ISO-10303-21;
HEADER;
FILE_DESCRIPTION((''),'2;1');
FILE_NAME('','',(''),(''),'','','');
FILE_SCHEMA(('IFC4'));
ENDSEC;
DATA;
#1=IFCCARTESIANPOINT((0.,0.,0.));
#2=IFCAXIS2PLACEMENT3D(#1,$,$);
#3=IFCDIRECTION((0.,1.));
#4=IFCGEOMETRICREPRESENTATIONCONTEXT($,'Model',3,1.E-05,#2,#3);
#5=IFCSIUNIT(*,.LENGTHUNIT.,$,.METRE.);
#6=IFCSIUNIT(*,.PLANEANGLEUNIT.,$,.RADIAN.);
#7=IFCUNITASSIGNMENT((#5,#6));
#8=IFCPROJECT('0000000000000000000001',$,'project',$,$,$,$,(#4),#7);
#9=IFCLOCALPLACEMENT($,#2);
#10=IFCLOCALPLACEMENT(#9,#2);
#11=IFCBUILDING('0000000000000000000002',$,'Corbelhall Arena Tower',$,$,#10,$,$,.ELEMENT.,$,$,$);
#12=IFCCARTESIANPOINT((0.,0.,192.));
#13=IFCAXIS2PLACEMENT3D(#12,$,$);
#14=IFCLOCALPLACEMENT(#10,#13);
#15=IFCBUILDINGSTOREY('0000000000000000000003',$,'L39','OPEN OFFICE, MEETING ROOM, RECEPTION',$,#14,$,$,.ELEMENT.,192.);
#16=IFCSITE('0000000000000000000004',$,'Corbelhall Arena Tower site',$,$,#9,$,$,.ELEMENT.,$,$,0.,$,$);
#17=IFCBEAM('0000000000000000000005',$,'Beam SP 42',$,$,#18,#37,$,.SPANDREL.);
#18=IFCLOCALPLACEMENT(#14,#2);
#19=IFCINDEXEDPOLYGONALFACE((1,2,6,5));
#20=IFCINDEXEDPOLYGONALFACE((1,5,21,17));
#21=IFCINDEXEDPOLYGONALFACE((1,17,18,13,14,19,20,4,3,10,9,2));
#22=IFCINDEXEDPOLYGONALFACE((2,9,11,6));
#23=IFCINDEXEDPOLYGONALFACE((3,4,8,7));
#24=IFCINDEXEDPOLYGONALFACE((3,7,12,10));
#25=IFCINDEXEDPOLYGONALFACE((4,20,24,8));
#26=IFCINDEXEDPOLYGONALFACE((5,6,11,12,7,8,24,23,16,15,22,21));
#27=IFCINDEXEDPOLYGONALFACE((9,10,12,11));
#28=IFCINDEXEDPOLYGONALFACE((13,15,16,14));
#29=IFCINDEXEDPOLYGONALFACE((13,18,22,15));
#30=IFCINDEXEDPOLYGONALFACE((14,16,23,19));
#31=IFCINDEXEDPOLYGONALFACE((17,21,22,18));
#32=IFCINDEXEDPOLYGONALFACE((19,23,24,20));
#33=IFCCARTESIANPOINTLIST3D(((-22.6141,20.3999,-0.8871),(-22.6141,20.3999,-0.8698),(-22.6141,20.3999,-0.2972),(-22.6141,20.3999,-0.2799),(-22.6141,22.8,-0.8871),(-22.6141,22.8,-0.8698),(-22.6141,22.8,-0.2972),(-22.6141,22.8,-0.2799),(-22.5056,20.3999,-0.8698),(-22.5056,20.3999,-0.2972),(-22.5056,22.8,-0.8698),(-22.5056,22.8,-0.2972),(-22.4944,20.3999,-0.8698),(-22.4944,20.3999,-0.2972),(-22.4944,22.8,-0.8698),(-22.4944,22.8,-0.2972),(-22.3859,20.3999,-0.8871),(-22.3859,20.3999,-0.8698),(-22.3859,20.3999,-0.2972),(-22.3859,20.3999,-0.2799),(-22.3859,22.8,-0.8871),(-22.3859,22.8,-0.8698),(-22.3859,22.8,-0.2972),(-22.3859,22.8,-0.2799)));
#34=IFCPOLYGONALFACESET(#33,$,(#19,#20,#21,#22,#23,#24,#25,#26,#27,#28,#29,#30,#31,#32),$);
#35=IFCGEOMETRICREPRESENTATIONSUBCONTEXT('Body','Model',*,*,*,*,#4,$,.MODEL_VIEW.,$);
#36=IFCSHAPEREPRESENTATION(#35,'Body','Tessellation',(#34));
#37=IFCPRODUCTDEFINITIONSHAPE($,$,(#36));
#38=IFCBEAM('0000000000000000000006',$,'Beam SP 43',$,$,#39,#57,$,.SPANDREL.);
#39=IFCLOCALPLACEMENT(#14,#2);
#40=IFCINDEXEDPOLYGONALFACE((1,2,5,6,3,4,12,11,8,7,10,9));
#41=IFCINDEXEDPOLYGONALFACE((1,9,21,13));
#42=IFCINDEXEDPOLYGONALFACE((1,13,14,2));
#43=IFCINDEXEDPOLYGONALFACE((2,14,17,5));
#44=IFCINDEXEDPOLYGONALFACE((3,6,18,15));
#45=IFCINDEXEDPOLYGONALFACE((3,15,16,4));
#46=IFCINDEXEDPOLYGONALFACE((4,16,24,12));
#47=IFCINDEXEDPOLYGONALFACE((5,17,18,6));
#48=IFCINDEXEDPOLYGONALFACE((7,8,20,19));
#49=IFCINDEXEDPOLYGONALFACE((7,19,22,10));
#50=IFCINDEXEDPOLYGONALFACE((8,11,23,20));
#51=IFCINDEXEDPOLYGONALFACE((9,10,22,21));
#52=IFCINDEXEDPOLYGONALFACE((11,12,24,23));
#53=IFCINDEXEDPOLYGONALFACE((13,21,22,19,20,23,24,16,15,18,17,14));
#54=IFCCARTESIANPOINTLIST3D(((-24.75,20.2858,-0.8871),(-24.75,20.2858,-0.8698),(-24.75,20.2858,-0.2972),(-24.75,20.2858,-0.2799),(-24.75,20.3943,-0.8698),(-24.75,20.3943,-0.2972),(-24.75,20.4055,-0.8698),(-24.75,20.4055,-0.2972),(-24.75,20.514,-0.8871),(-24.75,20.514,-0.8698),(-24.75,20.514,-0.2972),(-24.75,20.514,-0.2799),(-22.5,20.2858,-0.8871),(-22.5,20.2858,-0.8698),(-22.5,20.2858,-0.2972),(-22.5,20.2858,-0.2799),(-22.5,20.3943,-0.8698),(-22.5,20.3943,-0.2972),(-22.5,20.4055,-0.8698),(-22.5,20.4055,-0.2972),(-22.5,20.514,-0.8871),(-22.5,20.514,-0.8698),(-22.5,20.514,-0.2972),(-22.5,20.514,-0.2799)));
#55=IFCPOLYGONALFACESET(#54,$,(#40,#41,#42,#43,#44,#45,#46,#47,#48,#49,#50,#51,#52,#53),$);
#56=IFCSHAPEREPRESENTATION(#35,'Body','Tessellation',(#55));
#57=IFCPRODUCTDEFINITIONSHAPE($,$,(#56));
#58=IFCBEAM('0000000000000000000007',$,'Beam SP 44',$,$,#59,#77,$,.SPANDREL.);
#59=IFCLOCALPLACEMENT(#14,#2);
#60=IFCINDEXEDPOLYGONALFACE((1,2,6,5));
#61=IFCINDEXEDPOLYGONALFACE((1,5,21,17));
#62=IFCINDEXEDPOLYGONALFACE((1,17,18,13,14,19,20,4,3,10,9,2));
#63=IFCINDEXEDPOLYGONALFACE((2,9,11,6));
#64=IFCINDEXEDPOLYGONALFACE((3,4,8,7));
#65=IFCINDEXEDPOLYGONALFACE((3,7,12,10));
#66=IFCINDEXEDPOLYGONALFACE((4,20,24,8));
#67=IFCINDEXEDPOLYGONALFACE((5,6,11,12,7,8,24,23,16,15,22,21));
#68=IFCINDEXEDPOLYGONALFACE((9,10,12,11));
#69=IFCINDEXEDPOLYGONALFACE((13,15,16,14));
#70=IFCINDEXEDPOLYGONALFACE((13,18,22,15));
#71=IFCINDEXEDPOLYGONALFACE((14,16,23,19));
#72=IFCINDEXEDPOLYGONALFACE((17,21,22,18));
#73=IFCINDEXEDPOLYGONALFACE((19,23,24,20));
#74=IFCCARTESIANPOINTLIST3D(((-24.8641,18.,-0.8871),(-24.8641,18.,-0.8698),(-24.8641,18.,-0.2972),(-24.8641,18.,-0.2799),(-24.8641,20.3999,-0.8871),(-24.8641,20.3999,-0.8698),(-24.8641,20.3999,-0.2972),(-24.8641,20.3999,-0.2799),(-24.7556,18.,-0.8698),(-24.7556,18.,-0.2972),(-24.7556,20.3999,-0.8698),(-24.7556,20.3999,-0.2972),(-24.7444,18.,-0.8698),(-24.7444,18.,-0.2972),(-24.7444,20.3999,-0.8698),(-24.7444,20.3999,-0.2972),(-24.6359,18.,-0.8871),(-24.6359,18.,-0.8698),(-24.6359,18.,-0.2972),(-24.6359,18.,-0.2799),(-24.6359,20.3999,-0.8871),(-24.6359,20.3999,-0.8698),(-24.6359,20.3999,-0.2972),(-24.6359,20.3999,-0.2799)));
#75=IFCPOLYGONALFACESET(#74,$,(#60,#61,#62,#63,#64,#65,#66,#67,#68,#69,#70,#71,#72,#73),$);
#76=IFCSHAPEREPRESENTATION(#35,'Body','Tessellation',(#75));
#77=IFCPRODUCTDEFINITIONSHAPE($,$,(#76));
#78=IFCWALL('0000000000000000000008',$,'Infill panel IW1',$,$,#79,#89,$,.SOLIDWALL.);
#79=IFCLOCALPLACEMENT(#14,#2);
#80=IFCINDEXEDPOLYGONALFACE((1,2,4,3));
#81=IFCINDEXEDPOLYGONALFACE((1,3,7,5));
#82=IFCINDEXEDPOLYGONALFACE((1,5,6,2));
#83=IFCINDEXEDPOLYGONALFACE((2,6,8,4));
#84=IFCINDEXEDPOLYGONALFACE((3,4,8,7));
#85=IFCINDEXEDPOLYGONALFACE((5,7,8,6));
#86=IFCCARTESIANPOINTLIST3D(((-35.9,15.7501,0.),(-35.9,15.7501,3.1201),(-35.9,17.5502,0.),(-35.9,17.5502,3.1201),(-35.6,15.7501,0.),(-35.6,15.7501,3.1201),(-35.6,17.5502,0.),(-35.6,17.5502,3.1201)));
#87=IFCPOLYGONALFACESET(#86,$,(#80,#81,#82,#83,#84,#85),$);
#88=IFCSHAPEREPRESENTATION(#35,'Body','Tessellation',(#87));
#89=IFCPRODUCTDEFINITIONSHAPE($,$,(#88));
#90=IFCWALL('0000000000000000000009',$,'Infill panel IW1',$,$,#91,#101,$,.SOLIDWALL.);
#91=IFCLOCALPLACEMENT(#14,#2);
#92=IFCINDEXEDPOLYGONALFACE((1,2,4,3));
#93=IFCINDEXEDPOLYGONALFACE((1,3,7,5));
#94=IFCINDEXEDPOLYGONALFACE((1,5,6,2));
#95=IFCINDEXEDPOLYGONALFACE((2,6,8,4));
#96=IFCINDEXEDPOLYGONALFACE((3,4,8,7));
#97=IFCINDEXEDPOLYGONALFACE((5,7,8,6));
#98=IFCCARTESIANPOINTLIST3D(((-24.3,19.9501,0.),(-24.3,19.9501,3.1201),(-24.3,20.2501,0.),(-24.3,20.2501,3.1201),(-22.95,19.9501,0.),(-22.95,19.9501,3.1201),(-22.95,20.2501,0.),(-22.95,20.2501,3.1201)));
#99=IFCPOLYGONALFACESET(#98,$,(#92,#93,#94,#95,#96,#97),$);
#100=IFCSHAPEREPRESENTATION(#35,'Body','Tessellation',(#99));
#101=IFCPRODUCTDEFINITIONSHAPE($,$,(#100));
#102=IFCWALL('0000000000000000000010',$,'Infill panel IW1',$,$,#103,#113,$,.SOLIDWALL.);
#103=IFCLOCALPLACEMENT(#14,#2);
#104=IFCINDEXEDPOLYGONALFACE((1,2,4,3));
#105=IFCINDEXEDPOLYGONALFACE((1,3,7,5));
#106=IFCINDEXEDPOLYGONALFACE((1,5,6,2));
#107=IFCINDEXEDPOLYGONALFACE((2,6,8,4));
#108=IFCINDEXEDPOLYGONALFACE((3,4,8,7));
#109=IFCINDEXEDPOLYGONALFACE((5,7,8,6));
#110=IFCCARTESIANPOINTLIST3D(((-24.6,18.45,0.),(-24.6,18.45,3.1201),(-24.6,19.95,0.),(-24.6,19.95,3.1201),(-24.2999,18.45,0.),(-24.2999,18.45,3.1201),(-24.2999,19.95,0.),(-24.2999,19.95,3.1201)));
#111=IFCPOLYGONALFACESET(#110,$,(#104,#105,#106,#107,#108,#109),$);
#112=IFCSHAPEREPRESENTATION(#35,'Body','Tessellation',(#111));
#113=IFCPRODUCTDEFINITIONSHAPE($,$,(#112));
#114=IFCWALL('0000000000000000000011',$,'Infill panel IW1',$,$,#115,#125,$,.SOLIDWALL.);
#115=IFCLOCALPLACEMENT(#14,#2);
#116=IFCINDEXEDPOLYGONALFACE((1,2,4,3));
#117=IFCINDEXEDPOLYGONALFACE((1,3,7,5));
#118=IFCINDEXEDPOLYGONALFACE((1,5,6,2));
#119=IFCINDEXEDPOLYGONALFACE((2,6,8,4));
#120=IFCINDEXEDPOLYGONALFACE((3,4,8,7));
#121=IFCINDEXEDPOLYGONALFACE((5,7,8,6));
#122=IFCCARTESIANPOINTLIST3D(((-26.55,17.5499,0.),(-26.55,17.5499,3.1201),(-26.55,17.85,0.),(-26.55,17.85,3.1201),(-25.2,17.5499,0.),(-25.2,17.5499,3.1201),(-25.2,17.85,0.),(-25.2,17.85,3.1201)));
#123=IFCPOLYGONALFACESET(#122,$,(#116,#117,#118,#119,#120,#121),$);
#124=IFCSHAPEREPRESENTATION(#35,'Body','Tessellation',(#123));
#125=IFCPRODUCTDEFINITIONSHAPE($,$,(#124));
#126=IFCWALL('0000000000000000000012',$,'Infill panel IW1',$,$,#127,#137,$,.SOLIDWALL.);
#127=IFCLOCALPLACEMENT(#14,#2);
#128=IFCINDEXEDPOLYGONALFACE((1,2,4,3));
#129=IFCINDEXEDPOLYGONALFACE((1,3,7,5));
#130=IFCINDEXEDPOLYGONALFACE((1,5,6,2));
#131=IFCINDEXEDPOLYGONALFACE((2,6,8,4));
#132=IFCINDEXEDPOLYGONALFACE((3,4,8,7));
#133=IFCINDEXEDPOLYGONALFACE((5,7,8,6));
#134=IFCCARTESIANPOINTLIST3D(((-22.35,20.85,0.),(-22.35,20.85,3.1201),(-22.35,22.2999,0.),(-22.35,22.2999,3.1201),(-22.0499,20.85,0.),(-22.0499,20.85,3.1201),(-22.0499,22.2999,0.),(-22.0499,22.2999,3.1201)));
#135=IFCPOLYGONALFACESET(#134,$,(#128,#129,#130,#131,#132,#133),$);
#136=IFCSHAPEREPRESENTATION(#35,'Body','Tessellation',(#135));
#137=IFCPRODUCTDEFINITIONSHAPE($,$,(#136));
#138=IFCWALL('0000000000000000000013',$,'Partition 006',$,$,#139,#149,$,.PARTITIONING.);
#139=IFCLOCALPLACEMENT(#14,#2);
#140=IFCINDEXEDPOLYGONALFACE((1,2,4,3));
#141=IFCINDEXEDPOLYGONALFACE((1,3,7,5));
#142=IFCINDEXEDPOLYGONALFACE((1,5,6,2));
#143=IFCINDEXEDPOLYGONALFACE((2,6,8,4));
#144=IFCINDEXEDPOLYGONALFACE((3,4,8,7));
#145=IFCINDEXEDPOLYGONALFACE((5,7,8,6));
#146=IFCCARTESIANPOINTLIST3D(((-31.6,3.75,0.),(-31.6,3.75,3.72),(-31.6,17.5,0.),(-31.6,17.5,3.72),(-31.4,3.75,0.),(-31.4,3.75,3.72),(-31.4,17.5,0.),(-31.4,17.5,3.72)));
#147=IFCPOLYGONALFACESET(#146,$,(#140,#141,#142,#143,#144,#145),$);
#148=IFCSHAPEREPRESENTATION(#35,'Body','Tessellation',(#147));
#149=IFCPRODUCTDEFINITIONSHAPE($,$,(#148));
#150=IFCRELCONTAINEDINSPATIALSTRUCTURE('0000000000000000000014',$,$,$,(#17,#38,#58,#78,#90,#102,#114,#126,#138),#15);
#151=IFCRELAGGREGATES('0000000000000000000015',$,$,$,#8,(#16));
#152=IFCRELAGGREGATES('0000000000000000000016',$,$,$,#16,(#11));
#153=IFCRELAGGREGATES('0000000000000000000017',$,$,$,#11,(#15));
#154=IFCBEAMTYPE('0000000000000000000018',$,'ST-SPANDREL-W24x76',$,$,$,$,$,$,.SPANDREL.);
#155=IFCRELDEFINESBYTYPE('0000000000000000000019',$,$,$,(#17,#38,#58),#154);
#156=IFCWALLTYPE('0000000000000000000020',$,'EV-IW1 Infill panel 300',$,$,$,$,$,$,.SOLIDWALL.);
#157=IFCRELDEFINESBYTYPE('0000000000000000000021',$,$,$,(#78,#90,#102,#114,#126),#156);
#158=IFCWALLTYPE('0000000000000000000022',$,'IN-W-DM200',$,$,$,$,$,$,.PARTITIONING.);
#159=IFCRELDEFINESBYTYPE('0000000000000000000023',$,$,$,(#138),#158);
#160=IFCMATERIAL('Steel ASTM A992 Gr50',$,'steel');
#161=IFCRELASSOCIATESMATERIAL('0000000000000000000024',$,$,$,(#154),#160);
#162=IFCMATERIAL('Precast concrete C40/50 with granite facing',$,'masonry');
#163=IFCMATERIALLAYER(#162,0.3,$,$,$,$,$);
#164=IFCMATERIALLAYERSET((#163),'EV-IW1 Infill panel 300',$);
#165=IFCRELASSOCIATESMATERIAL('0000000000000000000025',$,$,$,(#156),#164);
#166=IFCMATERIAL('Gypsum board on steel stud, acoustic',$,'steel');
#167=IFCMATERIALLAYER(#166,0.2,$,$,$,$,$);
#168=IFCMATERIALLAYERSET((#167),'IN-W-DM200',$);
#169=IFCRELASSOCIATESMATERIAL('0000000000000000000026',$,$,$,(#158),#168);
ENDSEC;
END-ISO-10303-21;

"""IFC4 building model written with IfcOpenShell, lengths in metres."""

from ifc_helpers import new_model, si_unit, direction, frame, frame_2d, origin, origin_2d, place, context, subcontext, project, spatial, rectangle, i_section, extrude, material, layer, layer_set, material_profile, profile_set, type_object, element, save


model = new_model("IFC4")

# Units and contexts
model_context = context("Model", 3, precision=1e-05, world=origin(), true_north=direction((0.0, 1.0)))
body_context = subcontext(model_context, "Body", "Model", "MODEL_VIEW")
ifc_project = project(units=[si_unit("LENGTHUNIT", "METRE"), si_unit("PLANEANGLEUNIT", "RADIAN")], contexts=[model_context])

# Site, building, storey
site_placement = place(None, origin())
site = spatial("IfcSite", under=ifc_project, at=site_placement, Name="Corbelhall Arena Tower site", CompositionType="ELEMENT", RefElevation=0.0)
building_placement = place(site_placement, origin())
building = spatial("IfcBuilding", under=site, at=building_placement, Name="Corbelhall Arena Tower", CompositionType="ELEMENT")
storey_placement = place(building_placement, frame((0.0, 0.0, 192.0)))
storey = spatial("IfcBuildingStorey", under=building, at=storey_placement, Name="L39", Description="OPEN OFFICE, MEETING ROOM, RECEPTION", CompositionType="ELEMENT", Elevation=192.0)

# Beams
ifc_material_1 = material(Name="Steel ASTM A992 Gr50", Category="steel")
ifc_material_profile_1 = material_profile(ifc_material_1, i_section(OverallWidth=0.2283, OverallDepth=0.6072, WebThickness=0.0112, FlangeThickness=0.0173, at=origin_2d()))
ifc_profile_set_1 = profile_set([ifc_material_profile_1], Name="Steel ASTM A992 Gr50")
beam_type = type_object("IfcBeamType", Name="ST-SPANDREL-W24x76", PredefinedType="SPANDREL", material=ifc_profile_set_1)
beam_1_placement = place(storey_placement, frame((-22.5, 20.3999, -0.5835), z_axis=(0.0, 1.0, 0.0), x_axis=(-1.0, 0.0, 0.0)))
element("IfcBeam", 1, at=beam_1_placement, inside=storey, type_object=beam_type, Name="Beam SP 42", PredefinedType="SPANDREL", context=body_context, shape_type="SweptSolid", body=[
    extrude(i_section(OverallWidth=0.2283, OverallDepth=0.6072, WebThickness=0.0112, FlangeThickness=0.0173, at=origin_2d()), origin(), (0.0, 0.0, 1.0), 2.4001),
])
beam_2_placement = place(storey_placement, frame((-24.75, 20.3999, -0.5835), z_axis=(1.0, 0.0, 0.0), x_axis=(0.0, 1.0, 0.0)))
element("IfcBeam", 2, at=beam_2_placement, inside=storey, type_object=beam_type, Name="Beam SP 43", PredefinedType="SPANDREL", context=body_context, shape_type="SweptSolid", body=[
    extrude(i_section(OverallWidth=0.2283, OverallDepth=0.6072, WebThickness=0.0112, FlangeThickness=0.0173, at=origin_2d()), origin(), (0.0, 0.0, 1.0), 2.25),
])
beam_3_placement = place(storey_placement, frame((-24.75, 18.0, -0.5835), z_axis=(0.0, 1.0, 0.0), x_axis=(-1.0, 0.0, 0.0)))
element("IfcBeam", 3, at=beam_3_placement, inside=storey, type_object=beam_type, Name="Beam SP 44", PredefinedType="SPANDREL", context=body_context, shape_type="SweptSolid", body=[
    extrude(i_section(OverallWidth=0.2283, OverallDepth=0.6072, WebThickness=0.0112, FlangeThickness=0.0173, at=origin_2d()), origin(), (0.0, 0.0, 1.0), 2.3999),
])

# Walls
ifc_material_2 = material(Name="Precast concrete C40/50 with granite facing", Category="masonry")
ifc_layer_1 = layer(ifc_material_2, 0.3)
ifc_layer_set_1 = layer_set([ifc_layer_1], Name="EV-IW1 Infill panel 300")
wall_type_1 = type_object("IfcWallType", Name="EV-IW1 Infill panel 300", PredefinedType="SOLIDWALL", material=ifc_layer_set_1)
wall_1_placement = place(storey_placement, frame((-35.75, 17.55, 0.0), z_axis=(0.0, 0.0, 1.0), x_axis=(0.0, -1.0, 0.0)))
element("IfcWall", 4, at=wall_1_placement, inside=storey, type_object=wall_type_1, Name="Infill panel IW1", PredefinedType="SOLIDWALL", context=body_context, shape_type="SweptSolid", body=[
    extrude(rectangle(XDim=1.8, YDim=0.3, at=frame_2d((0.8999, 0.0))), origin(), (0.0, 0.0, 1.0), 3.1201),
])
wall_2_placement = place(storey_placement, frame((-22.95, 20.1001, 0.0), z_axis=(0.0, 0.0, 1.0), x_axis=(-1.0, 0.0, 0.0)))
element("IfcWall", 5, at=wall_2_placement, inside=storey, type_object=wall_type_1, Name="Infill panel IW1", PredefinedType="SOLIDWALL", context=body_context, shape_type="SweptSolid", body=[
    extrude(rectangle(XDim=1.3501, YDim=0.3, at=frame_2d((0.675, 0.0))), origin(), (0.0, 0.0, 1.0), 3.1201),
])
wall_3_placement = place(storey_placement, frame((-24.45, 19.95, 0.0), z_axis=(0.0, 0.0, 1.0), x_axis=(0.0, -1.0, 0.0)))
element("IfcWall", 6, at=wall_3_placement, inside=storey, type_object=wall_type_1, Name="Infill panel IW1", PredefinedType="SOLIDWALL", context=body_context, shape_type="SweptSolid", body=[
    extrude(rectangle(XDim=1.5, YDim=0.3, at=frame_2d((0.75, 0.0))), origin(), (0.0, 0.0, 1.0), 3.1201),
])
wall_4_placement = place(storey_placement, frame((-25.2, 17.7, 0.0), z_axis=(0.0, 0.0, 1.0), x_axis=(-1.0, 0.0, 0.0)))
element("IfcWall", 7, at=wall_4_placement, inside=storey, type_object=wall_type_1, Name="Infill panel IW1", PredefinedType="SOLIDWALL", context=body_context, shape_type="SweptSolid", body=[
    extrude(rectangle(XDim=1.3501, YDim=0.3, at=frame_2d((0.675, 0.0))), origin(), (0.0, 0.0, 1.0), 3.1201),
])

# Walls
wall_5_placement = place(storey_placement, frame((-22.2, 22.3, 0.0), z_axis=(0.0, 0.0, 1.0), x_axis=(0.0, -1.0, 0.0)))
element("IfcWall", 8, at=wall_5_placement, inside=storey, type_object=wall_type_1, Name="Infill panel IW1", PredefinedType="SOLIDWALL", context=body_context, shape_type="SweptSolid", body=[
    extrude(rectangle(XDim=1.45, YDim=0.3, at=frame_2d((0.7251, 0.0))), origin(), (0.0, 0.0, 1.0), 3.1201),
])
ifc_material_3 = material(Name="Gypsum board on steel stud, acoustic", Category="steel")
ifc_layer_2 = layer(ifc_material_3, 0.2)
ifc_layer_set_2 = layer_set([ifc_layer_2], Name="IN-W-DM200")
wall_type_2 = type_object("IfcWallType", Name="IN-W-DM200", PredefinedType="PARTITIONING", material=ifc_layer_set_2)
wall_6_placement = place(storey_placement, frame((-31.5, 17.5, 0.0), z_axis=(0.0, 0.0, 1.0), x_axis=(0.0, -1.0, 0.0)))
element("IfcWall", 9, at=wall_6_placement, inside=storey, type_object=wall_type_2, Name="Partition 006", PredefinedType="PARTITIONING", context=body_context, shape_type="SweptSolid", body=[
    extrude(rectangle(XDim=13.75, YDim=0.2, at=frame_2d((6.875, 0.0))), origin(), (0.0, 0.0, 1.0), 3.72),
])

save(model, "model.ifc")
